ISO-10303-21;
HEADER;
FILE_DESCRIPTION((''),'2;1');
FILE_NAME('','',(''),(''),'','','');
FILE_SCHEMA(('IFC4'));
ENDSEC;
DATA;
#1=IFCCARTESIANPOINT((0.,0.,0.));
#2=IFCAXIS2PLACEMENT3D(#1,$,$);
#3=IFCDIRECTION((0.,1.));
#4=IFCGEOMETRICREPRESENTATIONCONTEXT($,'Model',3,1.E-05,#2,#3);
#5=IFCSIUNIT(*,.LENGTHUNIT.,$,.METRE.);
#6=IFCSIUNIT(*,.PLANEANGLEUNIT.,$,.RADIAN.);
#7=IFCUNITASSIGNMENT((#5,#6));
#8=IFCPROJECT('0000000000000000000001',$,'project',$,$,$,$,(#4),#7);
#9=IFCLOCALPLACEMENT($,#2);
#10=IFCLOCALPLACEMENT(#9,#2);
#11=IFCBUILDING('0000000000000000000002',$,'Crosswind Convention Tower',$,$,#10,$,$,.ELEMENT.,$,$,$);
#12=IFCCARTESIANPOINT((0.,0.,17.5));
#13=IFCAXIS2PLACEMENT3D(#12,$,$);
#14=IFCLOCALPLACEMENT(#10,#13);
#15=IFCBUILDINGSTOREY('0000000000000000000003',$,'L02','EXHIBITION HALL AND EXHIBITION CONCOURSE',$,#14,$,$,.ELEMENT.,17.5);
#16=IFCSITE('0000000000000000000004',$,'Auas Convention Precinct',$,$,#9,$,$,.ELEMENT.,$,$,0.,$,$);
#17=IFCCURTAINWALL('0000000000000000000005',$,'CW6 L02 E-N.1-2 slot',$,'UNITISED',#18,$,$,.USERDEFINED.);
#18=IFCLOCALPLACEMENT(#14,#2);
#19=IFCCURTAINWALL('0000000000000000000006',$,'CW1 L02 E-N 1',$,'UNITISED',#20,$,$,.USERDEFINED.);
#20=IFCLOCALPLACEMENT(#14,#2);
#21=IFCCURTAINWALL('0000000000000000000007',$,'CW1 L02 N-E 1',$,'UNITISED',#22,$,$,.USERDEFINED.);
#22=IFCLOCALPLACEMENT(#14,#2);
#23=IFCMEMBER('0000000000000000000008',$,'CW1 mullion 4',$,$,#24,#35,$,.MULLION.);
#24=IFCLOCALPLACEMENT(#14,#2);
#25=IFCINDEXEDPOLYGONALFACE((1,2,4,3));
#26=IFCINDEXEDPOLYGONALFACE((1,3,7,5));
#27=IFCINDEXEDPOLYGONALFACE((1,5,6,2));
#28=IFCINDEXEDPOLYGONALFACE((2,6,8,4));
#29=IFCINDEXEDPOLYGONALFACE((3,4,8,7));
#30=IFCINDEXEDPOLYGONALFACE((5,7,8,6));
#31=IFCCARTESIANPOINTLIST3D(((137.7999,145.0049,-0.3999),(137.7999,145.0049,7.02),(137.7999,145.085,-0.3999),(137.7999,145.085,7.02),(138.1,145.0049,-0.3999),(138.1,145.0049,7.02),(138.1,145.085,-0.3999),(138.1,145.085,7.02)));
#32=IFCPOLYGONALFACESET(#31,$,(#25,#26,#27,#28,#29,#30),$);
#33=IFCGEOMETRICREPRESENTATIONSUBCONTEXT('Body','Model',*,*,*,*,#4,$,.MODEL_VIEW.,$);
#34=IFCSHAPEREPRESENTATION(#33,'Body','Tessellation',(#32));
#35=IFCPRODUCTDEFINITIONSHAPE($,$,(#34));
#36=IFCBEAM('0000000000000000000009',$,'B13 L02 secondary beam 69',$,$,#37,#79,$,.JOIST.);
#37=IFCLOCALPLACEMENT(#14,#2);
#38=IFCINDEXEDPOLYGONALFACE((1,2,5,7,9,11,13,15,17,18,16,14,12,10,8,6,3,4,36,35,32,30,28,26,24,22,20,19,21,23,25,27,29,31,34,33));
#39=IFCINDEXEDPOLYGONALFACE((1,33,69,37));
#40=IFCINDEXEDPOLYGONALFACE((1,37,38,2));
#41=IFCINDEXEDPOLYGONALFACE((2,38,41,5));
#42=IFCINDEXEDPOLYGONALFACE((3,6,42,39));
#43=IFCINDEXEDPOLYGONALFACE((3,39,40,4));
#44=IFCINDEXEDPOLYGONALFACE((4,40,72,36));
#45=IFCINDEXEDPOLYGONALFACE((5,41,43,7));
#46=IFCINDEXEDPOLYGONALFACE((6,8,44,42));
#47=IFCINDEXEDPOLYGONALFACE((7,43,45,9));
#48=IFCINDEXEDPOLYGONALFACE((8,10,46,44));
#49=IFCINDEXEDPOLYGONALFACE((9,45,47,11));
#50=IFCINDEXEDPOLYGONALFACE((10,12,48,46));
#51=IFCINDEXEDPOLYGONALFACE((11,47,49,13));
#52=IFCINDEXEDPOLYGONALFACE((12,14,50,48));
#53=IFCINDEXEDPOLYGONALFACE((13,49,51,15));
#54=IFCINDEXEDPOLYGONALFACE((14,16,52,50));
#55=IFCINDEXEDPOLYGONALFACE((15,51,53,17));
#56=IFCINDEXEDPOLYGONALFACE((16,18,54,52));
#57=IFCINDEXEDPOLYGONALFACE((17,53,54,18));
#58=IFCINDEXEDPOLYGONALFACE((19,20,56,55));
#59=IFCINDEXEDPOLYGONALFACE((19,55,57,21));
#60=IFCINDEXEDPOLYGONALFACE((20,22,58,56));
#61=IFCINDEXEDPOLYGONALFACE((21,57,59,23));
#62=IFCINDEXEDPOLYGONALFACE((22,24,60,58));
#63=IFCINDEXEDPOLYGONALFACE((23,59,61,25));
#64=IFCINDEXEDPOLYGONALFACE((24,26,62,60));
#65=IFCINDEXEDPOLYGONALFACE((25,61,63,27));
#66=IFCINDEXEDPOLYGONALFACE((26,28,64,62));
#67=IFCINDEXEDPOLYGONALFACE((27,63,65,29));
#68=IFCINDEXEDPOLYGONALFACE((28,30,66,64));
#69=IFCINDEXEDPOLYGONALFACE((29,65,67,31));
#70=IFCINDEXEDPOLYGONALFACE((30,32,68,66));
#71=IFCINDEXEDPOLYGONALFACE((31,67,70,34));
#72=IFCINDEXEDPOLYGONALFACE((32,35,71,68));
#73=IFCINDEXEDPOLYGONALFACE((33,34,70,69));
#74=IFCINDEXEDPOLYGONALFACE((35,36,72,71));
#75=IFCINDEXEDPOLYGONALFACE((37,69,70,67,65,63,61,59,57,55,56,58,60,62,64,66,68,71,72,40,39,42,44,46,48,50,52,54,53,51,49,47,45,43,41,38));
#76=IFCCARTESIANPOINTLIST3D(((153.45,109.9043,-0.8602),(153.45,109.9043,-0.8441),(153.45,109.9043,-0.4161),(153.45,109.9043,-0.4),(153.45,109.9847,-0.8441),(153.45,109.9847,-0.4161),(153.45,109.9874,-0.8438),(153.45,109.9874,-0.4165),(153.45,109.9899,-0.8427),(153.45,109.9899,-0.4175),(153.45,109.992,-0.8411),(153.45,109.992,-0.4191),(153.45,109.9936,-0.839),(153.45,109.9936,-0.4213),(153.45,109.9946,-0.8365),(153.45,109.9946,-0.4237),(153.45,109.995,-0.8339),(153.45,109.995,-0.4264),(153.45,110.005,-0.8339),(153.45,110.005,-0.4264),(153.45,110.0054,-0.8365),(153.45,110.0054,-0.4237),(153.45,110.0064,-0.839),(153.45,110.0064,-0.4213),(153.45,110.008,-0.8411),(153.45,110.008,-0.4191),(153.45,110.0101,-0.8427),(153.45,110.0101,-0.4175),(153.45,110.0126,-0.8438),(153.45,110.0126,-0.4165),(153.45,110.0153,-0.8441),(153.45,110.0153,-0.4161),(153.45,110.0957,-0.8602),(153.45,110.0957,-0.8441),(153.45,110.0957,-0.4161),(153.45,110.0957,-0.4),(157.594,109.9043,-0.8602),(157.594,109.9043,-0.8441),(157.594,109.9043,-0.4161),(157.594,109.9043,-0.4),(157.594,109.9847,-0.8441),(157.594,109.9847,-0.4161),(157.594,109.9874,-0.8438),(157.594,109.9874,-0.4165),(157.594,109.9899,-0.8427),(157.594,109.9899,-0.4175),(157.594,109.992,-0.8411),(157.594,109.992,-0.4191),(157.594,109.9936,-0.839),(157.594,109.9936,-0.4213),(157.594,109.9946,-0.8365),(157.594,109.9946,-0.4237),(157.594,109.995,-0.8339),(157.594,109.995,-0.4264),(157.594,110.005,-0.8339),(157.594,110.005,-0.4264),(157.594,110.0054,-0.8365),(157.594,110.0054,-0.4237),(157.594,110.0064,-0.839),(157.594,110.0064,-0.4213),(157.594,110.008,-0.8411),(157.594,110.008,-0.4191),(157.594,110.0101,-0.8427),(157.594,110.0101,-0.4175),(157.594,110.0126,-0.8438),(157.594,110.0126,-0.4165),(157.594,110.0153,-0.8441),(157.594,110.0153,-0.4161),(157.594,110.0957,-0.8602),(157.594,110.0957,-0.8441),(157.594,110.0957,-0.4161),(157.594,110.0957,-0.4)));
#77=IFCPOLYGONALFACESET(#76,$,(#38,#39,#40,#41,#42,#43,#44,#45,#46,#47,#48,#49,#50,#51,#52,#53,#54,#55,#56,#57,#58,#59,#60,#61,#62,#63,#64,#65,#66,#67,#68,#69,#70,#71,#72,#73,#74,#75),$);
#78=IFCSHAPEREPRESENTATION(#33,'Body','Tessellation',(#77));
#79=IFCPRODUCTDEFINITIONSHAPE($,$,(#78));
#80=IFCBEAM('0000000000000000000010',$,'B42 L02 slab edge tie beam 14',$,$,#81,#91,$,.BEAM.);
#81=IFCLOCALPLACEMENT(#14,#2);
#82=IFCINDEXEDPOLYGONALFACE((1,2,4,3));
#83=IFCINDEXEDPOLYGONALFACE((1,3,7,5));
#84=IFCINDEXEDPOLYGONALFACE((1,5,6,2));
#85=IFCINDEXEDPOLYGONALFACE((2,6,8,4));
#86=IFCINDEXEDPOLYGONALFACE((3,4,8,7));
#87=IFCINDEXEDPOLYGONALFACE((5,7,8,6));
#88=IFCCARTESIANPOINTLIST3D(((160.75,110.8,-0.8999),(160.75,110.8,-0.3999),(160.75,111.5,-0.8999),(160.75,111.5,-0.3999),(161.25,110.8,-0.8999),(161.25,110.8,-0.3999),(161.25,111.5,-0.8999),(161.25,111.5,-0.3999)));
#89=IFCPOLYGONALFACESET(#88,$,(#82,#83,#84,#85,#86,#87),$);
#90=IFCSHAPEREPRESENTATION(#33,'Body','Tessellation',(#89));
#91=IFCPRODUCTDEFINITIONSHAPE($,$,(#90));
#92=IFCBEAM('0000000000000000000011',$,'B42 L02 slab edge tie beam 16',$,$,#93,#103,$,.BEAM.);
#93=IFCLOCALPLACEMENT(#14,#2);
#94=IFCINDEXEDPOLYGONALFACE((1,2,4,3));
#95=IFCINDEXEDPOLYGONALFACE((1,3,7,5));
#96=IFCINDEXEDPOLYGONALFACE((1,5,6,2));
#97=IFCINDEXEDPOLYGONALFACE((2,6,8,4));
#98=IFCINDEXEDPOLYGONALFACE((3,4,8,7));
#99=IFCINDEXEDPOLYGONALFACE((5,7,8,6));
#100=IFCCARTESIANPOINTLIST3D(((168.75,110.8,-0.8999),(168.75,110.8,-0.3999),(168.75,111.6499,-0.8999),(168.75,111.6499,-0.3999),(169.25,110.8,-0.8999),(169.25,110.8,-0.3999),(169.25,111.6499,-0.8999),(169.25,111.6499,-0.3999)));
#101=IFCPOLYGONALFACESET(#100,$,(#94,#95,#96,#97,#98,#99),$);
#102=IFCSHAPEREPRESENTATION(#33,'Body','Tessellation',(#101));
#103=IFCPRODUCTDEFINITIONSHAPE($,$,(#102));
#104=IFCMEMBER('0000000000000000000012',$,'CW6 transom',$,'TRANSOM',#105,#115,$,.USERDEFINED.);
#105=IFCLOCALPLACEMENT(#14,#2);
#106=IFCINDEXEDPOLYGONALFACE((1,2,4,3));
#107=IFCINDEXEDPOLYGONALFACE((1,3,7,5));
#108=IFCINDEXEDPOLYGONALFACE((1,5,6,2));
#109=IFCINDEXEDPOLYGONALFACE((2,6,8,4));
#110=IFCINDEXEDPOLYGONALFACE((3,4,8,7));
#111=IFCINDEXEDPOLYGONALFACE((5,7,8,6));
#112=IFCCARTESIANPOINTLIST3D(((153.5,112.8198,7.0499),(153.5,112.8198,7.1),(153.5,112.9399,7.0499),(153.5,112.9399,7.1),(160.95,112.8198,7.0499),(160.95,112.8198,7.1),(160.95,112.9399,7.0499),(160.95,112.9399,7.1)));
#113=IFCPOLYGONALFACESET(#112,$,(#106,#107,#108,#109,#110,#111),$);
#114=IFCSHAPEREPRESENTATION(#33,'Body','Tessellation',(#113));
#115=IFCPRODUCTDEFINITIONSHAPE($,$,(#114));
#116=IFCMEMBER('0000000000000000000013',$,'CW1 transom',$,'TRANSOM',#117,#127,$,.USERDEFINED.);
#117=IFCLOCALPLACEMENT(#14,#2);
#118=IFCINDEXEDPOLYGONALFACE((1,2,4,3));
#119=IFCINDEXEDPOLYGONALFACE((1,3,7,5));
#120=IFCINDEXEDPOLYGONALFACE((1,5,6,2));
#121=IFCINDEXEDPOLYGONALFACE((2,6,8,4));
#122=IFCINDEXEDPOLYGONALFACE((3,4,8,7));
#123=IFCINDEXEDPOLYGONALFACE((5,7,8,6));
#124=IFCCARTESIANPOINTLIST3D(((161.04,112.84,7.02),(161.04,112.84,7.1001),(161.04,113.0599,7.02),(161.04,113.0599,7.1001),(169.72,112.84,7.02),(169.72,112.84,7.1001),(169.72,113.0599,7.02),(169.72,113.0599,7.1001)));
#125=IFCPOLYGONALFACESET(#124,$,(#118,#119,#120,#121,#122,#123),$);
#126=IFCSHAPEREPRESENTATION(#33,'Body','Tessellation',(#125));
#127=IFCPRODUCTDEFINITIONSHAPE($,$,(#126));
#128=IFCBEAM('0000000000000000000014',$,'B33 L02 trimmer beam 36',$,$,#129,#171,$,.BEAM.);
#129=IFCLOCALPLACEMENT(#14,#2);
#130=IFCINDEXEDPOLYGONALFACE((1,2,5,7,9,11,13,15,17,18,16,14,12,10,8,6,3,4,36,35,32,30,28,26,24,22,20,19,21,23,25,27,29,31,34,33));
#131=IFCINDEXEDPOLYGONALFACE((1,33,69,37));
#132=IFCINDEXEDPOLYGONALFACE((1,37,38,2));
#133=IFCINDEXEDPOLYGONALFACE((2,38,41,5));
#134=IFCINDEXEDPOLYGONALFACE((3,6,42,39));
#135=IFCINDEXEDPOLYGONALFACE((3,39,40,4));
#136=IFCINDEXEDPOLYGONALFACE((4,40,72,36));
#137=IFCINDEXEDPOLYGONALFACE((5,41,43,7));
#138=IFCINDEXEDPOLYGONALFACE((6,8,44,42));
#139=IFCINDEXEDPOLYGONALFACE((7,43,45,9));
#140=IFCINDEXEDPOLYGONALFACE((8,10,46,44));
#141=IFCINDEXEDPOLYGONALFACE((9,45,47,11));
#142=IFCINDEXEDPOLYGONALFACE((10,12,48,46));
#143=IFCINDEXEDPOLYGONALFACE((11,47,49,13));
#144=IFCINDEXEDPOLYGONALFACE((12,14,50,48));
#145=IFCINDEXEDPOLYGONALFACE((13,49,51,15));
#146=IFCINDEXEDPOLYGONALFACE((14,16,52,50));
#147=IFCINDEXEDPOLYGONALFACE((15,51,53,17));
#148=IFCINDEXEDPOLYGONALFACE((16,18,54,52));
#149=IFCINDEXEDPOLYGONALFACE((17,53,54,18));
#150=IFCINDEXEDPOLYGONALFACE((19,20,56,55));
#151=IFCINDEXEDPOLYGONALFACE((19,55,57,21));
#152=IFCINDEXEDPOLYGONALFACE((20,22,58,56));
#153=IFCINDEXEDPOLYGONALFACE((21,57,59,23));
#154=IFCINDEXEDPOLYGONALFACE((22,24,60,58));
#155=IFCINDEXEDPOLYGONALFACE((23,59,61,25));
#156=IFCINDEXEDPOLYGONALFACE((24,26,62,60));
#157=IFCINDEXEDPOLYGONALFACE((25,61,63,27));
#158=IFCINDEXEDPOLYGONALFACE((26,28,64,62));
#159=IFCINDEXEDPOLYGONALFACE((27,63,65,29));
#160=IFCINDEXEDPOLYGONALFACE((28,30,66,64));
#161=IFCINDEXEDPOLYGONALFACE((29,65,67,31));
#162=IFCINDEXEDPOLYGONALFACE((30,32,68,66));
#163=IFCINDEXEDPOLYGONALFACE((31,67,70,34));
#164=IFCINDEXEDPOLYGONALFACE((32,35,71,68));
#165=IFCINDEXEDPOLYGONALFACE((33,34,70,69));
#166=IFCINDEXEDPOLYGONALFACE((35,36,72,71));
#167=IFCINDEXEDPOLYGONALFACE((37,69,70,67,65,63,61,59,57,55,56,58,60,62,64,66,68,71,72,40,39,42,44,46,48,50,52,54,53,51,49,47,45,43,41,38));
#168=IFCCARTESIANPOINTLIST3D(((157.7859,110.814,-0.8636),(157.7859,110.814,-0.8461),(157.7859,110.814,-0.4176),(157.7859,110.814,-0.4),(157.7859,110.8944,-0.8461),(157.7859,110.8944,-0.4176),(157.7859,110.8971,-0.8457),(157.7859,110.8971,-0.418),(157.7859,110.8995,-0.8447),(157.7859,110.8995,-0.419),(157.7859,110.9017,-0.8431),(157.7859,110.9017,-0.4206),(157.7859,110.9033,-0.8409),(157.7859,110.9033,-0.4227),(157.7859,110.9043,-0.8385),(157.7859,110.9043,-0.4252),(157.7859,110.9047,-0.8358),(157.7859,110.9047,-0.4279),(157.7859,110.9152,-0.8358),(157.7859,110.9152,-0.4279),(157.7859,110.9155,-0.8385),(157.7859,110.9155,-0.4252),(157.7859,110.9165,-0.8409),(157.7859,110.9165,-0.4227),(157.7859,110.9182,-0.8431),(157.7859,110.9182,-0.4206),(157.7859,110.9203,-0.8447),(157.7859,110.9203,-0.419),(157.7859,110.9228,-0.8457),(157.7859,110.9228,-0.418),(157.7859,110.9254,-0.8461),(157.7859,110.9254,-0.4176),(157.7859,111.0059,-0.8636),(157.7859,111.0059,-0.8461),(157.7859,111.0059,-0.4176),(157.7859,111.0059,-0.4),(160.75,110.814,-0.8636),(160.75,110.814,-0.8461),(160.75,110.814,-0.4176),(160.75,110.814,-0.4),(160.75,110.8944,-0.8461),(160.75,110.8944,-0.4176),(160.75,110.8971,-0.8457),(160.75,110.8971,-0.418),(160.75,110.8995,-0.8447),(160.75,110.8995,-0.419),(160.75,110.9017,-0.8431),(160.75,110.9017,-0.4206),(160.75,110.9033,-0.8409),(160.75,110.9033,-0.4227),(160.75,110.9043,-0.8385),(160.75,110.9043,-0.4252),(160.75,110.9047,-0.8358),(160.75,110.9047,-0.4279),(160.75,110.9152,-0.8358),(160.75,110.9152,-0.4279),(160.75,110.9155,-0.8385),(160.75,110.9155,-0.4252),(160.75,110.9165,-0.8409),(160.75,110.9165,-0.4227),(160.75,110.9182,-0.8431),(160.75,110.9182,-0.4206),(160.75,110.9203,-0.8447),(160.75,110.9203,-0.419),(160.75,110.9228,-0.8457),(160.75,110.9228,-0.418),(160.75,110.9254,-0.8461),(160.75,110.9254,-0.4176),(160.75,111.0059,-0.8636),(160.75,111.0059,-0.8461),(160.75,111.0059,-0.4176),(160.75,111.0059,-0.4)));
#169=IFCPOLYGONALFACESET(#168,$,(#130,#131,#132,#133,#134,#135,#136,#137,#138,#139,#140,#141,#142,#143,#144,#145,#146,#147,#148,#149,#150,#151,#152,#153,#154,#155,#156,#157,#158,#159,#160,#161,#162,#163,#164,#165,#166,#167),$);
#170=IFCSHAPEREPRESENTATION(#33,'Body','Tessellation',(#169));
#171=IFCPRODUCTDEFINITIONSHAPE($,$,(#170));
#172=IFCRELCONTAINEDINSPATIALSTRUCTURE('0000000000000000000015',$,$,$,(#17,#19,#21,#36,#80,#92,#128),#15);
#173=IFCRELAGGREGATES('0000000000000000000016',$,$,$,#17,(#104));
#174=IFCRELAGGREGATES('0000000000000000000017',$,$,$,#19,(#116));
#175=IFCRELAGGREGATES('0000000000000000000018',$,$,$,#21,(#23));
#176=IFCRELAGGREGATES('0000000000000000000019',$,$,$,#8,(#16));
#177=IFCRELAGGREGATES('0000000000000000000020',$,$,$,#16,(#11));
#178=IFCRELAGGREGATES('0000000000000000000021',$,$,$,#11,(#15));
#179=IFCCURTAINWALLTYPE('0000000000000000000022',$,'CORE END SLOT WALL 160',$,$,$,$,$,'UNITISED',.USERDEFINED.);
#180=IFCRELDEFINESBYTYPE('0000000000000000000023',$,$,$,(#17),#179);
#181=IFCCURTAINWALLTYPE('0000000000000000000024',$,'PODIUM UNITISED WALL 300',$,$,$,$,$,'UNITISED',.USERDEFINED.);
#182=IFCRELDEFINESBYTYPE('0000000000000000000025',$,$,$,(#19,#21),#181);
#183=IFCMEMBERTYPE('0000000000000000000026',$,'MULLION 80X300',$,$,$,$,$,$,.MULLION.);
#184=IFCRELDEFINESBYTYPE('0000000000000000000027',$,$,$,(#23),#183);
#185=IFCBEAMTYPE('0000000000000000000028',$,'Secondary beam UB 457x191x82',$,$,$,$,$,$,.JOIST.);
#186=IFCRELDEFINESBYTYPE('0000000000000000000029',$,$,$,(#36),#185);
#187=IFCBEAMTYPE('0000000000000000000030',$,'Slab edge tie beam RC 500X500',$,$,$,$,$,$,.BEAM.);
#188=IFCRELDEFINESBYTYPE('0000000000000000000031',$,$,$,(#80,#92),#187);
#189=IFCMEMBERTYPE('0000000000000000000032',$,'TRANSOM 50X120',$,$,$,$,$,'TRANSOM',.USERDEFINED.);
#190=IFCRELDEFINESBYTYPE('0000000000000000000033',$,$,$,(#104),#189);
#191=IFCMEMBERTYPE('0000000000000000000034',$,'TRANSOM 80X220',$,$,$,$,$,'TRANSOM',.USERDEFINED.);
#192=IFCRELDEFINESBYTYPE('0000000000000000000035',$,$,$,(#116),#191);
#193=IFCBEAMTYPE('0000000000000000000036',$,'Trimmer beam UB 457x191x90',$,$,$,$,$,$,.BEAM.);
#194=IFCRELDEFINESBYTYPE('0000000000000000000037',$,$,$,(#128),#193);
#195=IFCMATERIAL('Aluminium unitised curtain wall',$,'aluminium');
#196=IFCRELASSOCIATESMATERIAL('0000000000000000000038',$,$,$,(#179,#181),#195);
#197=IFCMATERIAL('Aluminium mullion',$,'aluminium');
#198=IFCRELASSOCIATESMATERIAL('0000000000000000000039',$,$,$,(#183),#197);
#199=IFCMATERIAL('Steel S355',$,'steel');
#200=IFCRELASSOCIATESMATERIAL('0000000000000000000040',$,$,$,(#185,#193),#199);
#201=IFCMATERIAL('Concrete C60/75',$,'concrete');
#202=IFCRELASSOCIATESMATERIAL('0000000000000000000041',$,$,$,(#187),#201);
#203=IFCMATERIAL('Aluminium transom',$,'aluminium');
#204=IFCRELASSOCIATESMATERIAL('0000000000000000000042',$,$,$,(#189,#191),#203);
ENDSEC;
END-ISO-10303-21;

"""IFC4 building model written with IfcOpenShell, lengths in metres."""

from ifc_helpers import new_model, si_unit, direction, frame, origin, origin_2d, place, context, subcontext, project, spatial, rectangle, i_section, extrude, material, material_profile, profile_set, type_object, element, aggregate, save


model = new_model("IFC4")

# Units and contexts
model_context = context("Model", 3, precision=1e-05, world=origin(), true_north=direction((0.0, 1.0)))
body_context = subcontext(model_context, "Body", "Model", "MODEL_VIEW")
ifc_project = project(units=[si_unit("LENGTHUNIT", "METRE"), si_unit("PLANEANGLEUNIT", "RADIAN")], contexts=[model_context])

# Site, building, storey
site_placement = place(None, origin())
site = spatial("IfcSite", under=ifc_project, at=site_placement, Name="Auas Convention Precinct", CompositionType="ELEMENT", RefElevation=0.0)
building_placement = place(site_placement, origin())
building = spatial("IfcBuilding", under=site, at=building_placement, Name="Crosswind Convention Tower", CompositionType="ELEMENT")
storey_placement = place(building_placement, frame((0.0, 0.0, 17.5)))
storey = spatial("IfcBuildingStorey", under=building, at=storey_placement, Name="L02", Description="EXHIBITION HALL AND EXHIBITION CONCOURSE", CompositionType="ELEMENT", Elevation=17.5)

# Shared definitions
ifc_material_1 = material(Name="Concrete C60/75", Category="concrete")

# Shared definitions
ifc_material_2 = material(Name="Steel S355", Category="steel")

# Curtain walls, member
ifc_material_3 = material(Name="Aluminium unitised curtain wall", Category="aluminium")
curtain_wall_type_1 = type_object("IfcCurtainWallType", Name="CORE END SLOT WALL 160", ElementType="UNITISED", PredefinedType="USERDEFINED", material=ifc_material_3)
curtain_wall_1_placement = place(storey_placement, origin())
curtain_wall_1 = element("IfcCurtainWall", 1, at=curtain_wall_1_placement, inside=storey, type_object=curtain_wall_type_1, Name="CW6 L02 E-N.1-2 slot", ObjectType="UNITISED", PredefinedType="USERDEFINED")
ifc_material_4 = material(Name="Aluminium mullion", Category="aluminium")
curtain_wall_type_2 = type_object("IfcCurtainWallType", Name="PODIUM UNITISED WALL 300", ElementType="UNITISED", PredefinedType="USERDEFINED", material=ifc_material_3)
curtain_wall_2_placement = place(storey_placement, origin())
curtain_wall_2 = element("IfcCurtainWall", 2, at=curtain_wall_2_placement, inside=storey, type_object=curtain_wall_type_2, Name="CW1 L02 E-N 1", ObjectType="UNITISED", PredefinedType="USERDEFINED")
ifc_material_profile_1 = material_profile(ifc_material_4, rectangle(XDim=0.3, YDim=0.0801, at=origin_2d()), Name="AL 300X80")
ifc_profile_set_1 = profile_set([ifc_material_profile_1], Name="Aluminium mullion")
member_type_1 = type_object("IfcMemberType", Name="MULLION 80X300", PredefinedType="MULLION", material=ifc_profile_set_1)
curtain_wall_3_placement = place(storey_placement, origin())
curtain_wall_3 = element("IfcCurtainWall", 3, at=curtain_wall_3_placement, inside=storey, type_object=curtain_wall_type_2, Name="CW1 L02 N-E 1", ObjectType="UNITISED", PredefinedType="USERDEFINED")
member_1_placement = place(storey_placement, frame((137.95, 145.0449, -0.3999), z_axis=(0.0, 0.0, 1.0), x_axis=(1.0, 0.0, 0.0)))
member_1 = element("IfcMember", 4, at=member_1_placement, type_object=member_type_1, Name="CW1 mullion 4", PredefinedType="MULLION", context=body_context, shape_type="SweptSolid", body=[
    extrude(rectangle(XDim=0.3, YDim=0.0801, at=origin_2d()), origin(), (0.0, 0.0, 1.0), 7.4199),
])

# Beams
ifc_material_profile_2 = material_profile(ifc_material_2, i_section(OverallWidth=0.1914, OverallDepth=0.4602, WebThickness=0.01, FlangeThickness=0.0161, FilletRadius=0.0103, at=origin_2d()), Name="UB 457x191x82")
ifc_profile_set_2 = profile_set([ifc_material_profile_2], Name="Steel S355")
beam_type_1 = type_object("IfcBeamType", Name="Secondary beam UB 457x191x82", PredefinedType="JOIST", material=ifc_profile_set_2)
beam_1_placement = place(storey_placement, frame((153.45, 110.0, -0.6301), z_axis=(1.0, 0.0, 0.0), x_axis=(0.0, 1.0, 0.0)))
element("IfcBeam", 5, at=beam_1_placement, inside=storey, type_object=beam_type_1, Name="B13 L02 secondary beam 69", PredefinedType="JOIST", context=body_context, shape_type="SweptSolid", body=[
    extrude(i_section(OverallWidth=0.1914, OverallDepth=0.4602, WebThickness=0.01, FlangeThickness=0.0161, FilletRadius=0.0103, at=origin_2d()), origin(), (0.0, 0.0, 1.0), 4.144),
])
ifc_material_profile_3 = material_profile(ifc_material_1, rectangle(XDim=0.5, YDim=0.5, at=origin_2d()), Name="RC 500X500")
ifc_profile_set_3 = profile_set([ifc_material_profile_3], Name="Concrete C60/75")
beam_type_2 = type_object("IfcBeamType", Name="Slab edge tie beam RC 500X500", PredefinedType="BEAM", material=ifc_profile_set_3)
beam_2_placement = place(storey_placement, frame((161.0, 110.8, -0.6499), z_axis=(0.0, 1.0, 0.0), x_axis=(-1.0, 0.0, 0.0)))
element("IfcBeam", 6, at=beam_2_placement, inside=storey, type_object=beam_type_2, Name="B42 L02 slab edge tie beam 14", PredefinedType="BEAM", context=body_context, shape_type="SweptSolid", body=[
    extrude(rectangle(XDim=0.5, YDim=0.5, at=origin_2d()), origin(), (0.0, 0.0, 1.0), 0.7),
])
beam_3_placement = place(storey_placement, frame((169.0, 110.8, -0.6499), z_axis=(0.0, 1.0, 0.0), x_axis=(-1.0, 0.0, 0.0)))
element("IfcBeam", 7, at=beam_3_placement, inside=storey, type_object=beam_type_2, Name="B42 L02 slab edge tie beam 16", PredefinedType="BEAM", context=body_context, shape_type="SweptSolid", body=[
    extrude(rectangle(XDim=0.5, YDim=0.5, at=origin_2d()), origin(), (0.0, 0.0, 1.0), 0.8499),
])

# Members
ifc_material_5 = material(Name="Aluminium transom", Category="aluminium")
ifc_material_profile_4 = material_profile(ifc_material_5, rectangle(XDim=0.1201, YDim=0.05, at=origin_2d()), Name="AL 120X50")
ifc_profile_set_4 = profile_set([ifc_material_profile_4], Name="Aluminium transom")
member_type_2 = type_object("IfcMemberType", Name="TRANSOM 50X120", ElementType="TRANSOM", PredefinedType="USERDEFINED", material=ifc_profile_set_4)
member_2_placement = place(storey_placement, frame((160.95, 112.8799, 7.075), z_axis=(-1.0, 0.0, 0.0), x_axis=(0.0, -1.0, 0.0)))
member_2 = element("IfcMember", 8, at=member_2_placement, type_object=member_type_2, Name="CW6 transom", ObjectType="TRANSOM", PredefinedType="USERDEFINED", context=body_context, shape_type="SweptSolid", body=[
    extrude(rectangle(XDim=0.1201, YDim=0.05, at=origin_2d()), origin(), (0.0, 0.0, 1.0), 7.45),
])
ifc_material_profile_5 = material_profile(ifc_material_5, rectangle(XDim=0.22, YDim=0.0801, at=origin_2d()), Name="AL 220X80")
ifc_profile_set_5 = profile_set([ifc_material_profile_5], Name="Aluminium transom")
member_type_3 = type_object("IfcMemberType", Name="TRANSOM 80X220", ElementType="TRANSOM", PredefinedType="USERDEFINED", material=ifc_profile_set_5)
member_3_placement = place(storey_placement, frame((169.72, 112.95, 7.0601), z_axis=(-1.0, 0.0, 0.0), x_axis=(0.0, -1.0, 0.0)))
member_3 = element("IfcMember", 9, at=member_3_placement, type_object=member_type_3, Name="CW1 transom", ObjectType="TRANSOM", PredefinedType="USERDEFINED", context=body_context, shape_type="SweptSolid", body=[
    extrude(rectangle(XDim=0.22, YDim=0.0801, at=origin_2d()), origin(), (0.0, 0.0, 1.0), 8.6799),
])

# Beam
ifc_material_profile_6 = material_profile(ifc_material_2, i_section(OverallWidth=0.1919, OverallDepth=0.4636, WebThickness=0.0105, FlangeThickness=0.0176, FilletRadius=0.0103, at=origin_2d()), Name="UB 457x191x90")
ifc_profile_set_6 = profile_set([ifc_material_profile_6], Name="Steel S355")
beam_type_3 = type_object("IfcBeamType", Name="Trimmer beam UB 457x191x90", PredefinedType="BEAM", material=ifc_profile_set_6)
beam_4_placement = place(storey_placement, frame((157.7859, 110.9099, -0.6318), z_axis=(1.0, 0.0, 0.0), x_axis=(0.0, 1.0, 0.0)))
element("IfcBeam", 10, at=beam_4_placement, inside=storey, type_object=beam_type_3, Name="B33 L02 trimmer beam 36", PredefinedType="BEAM", context=body_context, shape_type="SweptSolid", body=[
    extrude(i_section(OverallWidth=0.1919, OverallDepth=0.4636, WebThickness=0.0105, FlangeThickness=0.0176, FilletRadius=0.0103, at=origin_2d()), origin(), (0.0, 0.0, 1.0), 2.9641),
])

aggregate(curtain_wall_1, [member_2])

aggregate(curtain_wall_2, [member_3])
aggregate(curtain_wall_3, [member_1])

save(model, "model.ifc")
